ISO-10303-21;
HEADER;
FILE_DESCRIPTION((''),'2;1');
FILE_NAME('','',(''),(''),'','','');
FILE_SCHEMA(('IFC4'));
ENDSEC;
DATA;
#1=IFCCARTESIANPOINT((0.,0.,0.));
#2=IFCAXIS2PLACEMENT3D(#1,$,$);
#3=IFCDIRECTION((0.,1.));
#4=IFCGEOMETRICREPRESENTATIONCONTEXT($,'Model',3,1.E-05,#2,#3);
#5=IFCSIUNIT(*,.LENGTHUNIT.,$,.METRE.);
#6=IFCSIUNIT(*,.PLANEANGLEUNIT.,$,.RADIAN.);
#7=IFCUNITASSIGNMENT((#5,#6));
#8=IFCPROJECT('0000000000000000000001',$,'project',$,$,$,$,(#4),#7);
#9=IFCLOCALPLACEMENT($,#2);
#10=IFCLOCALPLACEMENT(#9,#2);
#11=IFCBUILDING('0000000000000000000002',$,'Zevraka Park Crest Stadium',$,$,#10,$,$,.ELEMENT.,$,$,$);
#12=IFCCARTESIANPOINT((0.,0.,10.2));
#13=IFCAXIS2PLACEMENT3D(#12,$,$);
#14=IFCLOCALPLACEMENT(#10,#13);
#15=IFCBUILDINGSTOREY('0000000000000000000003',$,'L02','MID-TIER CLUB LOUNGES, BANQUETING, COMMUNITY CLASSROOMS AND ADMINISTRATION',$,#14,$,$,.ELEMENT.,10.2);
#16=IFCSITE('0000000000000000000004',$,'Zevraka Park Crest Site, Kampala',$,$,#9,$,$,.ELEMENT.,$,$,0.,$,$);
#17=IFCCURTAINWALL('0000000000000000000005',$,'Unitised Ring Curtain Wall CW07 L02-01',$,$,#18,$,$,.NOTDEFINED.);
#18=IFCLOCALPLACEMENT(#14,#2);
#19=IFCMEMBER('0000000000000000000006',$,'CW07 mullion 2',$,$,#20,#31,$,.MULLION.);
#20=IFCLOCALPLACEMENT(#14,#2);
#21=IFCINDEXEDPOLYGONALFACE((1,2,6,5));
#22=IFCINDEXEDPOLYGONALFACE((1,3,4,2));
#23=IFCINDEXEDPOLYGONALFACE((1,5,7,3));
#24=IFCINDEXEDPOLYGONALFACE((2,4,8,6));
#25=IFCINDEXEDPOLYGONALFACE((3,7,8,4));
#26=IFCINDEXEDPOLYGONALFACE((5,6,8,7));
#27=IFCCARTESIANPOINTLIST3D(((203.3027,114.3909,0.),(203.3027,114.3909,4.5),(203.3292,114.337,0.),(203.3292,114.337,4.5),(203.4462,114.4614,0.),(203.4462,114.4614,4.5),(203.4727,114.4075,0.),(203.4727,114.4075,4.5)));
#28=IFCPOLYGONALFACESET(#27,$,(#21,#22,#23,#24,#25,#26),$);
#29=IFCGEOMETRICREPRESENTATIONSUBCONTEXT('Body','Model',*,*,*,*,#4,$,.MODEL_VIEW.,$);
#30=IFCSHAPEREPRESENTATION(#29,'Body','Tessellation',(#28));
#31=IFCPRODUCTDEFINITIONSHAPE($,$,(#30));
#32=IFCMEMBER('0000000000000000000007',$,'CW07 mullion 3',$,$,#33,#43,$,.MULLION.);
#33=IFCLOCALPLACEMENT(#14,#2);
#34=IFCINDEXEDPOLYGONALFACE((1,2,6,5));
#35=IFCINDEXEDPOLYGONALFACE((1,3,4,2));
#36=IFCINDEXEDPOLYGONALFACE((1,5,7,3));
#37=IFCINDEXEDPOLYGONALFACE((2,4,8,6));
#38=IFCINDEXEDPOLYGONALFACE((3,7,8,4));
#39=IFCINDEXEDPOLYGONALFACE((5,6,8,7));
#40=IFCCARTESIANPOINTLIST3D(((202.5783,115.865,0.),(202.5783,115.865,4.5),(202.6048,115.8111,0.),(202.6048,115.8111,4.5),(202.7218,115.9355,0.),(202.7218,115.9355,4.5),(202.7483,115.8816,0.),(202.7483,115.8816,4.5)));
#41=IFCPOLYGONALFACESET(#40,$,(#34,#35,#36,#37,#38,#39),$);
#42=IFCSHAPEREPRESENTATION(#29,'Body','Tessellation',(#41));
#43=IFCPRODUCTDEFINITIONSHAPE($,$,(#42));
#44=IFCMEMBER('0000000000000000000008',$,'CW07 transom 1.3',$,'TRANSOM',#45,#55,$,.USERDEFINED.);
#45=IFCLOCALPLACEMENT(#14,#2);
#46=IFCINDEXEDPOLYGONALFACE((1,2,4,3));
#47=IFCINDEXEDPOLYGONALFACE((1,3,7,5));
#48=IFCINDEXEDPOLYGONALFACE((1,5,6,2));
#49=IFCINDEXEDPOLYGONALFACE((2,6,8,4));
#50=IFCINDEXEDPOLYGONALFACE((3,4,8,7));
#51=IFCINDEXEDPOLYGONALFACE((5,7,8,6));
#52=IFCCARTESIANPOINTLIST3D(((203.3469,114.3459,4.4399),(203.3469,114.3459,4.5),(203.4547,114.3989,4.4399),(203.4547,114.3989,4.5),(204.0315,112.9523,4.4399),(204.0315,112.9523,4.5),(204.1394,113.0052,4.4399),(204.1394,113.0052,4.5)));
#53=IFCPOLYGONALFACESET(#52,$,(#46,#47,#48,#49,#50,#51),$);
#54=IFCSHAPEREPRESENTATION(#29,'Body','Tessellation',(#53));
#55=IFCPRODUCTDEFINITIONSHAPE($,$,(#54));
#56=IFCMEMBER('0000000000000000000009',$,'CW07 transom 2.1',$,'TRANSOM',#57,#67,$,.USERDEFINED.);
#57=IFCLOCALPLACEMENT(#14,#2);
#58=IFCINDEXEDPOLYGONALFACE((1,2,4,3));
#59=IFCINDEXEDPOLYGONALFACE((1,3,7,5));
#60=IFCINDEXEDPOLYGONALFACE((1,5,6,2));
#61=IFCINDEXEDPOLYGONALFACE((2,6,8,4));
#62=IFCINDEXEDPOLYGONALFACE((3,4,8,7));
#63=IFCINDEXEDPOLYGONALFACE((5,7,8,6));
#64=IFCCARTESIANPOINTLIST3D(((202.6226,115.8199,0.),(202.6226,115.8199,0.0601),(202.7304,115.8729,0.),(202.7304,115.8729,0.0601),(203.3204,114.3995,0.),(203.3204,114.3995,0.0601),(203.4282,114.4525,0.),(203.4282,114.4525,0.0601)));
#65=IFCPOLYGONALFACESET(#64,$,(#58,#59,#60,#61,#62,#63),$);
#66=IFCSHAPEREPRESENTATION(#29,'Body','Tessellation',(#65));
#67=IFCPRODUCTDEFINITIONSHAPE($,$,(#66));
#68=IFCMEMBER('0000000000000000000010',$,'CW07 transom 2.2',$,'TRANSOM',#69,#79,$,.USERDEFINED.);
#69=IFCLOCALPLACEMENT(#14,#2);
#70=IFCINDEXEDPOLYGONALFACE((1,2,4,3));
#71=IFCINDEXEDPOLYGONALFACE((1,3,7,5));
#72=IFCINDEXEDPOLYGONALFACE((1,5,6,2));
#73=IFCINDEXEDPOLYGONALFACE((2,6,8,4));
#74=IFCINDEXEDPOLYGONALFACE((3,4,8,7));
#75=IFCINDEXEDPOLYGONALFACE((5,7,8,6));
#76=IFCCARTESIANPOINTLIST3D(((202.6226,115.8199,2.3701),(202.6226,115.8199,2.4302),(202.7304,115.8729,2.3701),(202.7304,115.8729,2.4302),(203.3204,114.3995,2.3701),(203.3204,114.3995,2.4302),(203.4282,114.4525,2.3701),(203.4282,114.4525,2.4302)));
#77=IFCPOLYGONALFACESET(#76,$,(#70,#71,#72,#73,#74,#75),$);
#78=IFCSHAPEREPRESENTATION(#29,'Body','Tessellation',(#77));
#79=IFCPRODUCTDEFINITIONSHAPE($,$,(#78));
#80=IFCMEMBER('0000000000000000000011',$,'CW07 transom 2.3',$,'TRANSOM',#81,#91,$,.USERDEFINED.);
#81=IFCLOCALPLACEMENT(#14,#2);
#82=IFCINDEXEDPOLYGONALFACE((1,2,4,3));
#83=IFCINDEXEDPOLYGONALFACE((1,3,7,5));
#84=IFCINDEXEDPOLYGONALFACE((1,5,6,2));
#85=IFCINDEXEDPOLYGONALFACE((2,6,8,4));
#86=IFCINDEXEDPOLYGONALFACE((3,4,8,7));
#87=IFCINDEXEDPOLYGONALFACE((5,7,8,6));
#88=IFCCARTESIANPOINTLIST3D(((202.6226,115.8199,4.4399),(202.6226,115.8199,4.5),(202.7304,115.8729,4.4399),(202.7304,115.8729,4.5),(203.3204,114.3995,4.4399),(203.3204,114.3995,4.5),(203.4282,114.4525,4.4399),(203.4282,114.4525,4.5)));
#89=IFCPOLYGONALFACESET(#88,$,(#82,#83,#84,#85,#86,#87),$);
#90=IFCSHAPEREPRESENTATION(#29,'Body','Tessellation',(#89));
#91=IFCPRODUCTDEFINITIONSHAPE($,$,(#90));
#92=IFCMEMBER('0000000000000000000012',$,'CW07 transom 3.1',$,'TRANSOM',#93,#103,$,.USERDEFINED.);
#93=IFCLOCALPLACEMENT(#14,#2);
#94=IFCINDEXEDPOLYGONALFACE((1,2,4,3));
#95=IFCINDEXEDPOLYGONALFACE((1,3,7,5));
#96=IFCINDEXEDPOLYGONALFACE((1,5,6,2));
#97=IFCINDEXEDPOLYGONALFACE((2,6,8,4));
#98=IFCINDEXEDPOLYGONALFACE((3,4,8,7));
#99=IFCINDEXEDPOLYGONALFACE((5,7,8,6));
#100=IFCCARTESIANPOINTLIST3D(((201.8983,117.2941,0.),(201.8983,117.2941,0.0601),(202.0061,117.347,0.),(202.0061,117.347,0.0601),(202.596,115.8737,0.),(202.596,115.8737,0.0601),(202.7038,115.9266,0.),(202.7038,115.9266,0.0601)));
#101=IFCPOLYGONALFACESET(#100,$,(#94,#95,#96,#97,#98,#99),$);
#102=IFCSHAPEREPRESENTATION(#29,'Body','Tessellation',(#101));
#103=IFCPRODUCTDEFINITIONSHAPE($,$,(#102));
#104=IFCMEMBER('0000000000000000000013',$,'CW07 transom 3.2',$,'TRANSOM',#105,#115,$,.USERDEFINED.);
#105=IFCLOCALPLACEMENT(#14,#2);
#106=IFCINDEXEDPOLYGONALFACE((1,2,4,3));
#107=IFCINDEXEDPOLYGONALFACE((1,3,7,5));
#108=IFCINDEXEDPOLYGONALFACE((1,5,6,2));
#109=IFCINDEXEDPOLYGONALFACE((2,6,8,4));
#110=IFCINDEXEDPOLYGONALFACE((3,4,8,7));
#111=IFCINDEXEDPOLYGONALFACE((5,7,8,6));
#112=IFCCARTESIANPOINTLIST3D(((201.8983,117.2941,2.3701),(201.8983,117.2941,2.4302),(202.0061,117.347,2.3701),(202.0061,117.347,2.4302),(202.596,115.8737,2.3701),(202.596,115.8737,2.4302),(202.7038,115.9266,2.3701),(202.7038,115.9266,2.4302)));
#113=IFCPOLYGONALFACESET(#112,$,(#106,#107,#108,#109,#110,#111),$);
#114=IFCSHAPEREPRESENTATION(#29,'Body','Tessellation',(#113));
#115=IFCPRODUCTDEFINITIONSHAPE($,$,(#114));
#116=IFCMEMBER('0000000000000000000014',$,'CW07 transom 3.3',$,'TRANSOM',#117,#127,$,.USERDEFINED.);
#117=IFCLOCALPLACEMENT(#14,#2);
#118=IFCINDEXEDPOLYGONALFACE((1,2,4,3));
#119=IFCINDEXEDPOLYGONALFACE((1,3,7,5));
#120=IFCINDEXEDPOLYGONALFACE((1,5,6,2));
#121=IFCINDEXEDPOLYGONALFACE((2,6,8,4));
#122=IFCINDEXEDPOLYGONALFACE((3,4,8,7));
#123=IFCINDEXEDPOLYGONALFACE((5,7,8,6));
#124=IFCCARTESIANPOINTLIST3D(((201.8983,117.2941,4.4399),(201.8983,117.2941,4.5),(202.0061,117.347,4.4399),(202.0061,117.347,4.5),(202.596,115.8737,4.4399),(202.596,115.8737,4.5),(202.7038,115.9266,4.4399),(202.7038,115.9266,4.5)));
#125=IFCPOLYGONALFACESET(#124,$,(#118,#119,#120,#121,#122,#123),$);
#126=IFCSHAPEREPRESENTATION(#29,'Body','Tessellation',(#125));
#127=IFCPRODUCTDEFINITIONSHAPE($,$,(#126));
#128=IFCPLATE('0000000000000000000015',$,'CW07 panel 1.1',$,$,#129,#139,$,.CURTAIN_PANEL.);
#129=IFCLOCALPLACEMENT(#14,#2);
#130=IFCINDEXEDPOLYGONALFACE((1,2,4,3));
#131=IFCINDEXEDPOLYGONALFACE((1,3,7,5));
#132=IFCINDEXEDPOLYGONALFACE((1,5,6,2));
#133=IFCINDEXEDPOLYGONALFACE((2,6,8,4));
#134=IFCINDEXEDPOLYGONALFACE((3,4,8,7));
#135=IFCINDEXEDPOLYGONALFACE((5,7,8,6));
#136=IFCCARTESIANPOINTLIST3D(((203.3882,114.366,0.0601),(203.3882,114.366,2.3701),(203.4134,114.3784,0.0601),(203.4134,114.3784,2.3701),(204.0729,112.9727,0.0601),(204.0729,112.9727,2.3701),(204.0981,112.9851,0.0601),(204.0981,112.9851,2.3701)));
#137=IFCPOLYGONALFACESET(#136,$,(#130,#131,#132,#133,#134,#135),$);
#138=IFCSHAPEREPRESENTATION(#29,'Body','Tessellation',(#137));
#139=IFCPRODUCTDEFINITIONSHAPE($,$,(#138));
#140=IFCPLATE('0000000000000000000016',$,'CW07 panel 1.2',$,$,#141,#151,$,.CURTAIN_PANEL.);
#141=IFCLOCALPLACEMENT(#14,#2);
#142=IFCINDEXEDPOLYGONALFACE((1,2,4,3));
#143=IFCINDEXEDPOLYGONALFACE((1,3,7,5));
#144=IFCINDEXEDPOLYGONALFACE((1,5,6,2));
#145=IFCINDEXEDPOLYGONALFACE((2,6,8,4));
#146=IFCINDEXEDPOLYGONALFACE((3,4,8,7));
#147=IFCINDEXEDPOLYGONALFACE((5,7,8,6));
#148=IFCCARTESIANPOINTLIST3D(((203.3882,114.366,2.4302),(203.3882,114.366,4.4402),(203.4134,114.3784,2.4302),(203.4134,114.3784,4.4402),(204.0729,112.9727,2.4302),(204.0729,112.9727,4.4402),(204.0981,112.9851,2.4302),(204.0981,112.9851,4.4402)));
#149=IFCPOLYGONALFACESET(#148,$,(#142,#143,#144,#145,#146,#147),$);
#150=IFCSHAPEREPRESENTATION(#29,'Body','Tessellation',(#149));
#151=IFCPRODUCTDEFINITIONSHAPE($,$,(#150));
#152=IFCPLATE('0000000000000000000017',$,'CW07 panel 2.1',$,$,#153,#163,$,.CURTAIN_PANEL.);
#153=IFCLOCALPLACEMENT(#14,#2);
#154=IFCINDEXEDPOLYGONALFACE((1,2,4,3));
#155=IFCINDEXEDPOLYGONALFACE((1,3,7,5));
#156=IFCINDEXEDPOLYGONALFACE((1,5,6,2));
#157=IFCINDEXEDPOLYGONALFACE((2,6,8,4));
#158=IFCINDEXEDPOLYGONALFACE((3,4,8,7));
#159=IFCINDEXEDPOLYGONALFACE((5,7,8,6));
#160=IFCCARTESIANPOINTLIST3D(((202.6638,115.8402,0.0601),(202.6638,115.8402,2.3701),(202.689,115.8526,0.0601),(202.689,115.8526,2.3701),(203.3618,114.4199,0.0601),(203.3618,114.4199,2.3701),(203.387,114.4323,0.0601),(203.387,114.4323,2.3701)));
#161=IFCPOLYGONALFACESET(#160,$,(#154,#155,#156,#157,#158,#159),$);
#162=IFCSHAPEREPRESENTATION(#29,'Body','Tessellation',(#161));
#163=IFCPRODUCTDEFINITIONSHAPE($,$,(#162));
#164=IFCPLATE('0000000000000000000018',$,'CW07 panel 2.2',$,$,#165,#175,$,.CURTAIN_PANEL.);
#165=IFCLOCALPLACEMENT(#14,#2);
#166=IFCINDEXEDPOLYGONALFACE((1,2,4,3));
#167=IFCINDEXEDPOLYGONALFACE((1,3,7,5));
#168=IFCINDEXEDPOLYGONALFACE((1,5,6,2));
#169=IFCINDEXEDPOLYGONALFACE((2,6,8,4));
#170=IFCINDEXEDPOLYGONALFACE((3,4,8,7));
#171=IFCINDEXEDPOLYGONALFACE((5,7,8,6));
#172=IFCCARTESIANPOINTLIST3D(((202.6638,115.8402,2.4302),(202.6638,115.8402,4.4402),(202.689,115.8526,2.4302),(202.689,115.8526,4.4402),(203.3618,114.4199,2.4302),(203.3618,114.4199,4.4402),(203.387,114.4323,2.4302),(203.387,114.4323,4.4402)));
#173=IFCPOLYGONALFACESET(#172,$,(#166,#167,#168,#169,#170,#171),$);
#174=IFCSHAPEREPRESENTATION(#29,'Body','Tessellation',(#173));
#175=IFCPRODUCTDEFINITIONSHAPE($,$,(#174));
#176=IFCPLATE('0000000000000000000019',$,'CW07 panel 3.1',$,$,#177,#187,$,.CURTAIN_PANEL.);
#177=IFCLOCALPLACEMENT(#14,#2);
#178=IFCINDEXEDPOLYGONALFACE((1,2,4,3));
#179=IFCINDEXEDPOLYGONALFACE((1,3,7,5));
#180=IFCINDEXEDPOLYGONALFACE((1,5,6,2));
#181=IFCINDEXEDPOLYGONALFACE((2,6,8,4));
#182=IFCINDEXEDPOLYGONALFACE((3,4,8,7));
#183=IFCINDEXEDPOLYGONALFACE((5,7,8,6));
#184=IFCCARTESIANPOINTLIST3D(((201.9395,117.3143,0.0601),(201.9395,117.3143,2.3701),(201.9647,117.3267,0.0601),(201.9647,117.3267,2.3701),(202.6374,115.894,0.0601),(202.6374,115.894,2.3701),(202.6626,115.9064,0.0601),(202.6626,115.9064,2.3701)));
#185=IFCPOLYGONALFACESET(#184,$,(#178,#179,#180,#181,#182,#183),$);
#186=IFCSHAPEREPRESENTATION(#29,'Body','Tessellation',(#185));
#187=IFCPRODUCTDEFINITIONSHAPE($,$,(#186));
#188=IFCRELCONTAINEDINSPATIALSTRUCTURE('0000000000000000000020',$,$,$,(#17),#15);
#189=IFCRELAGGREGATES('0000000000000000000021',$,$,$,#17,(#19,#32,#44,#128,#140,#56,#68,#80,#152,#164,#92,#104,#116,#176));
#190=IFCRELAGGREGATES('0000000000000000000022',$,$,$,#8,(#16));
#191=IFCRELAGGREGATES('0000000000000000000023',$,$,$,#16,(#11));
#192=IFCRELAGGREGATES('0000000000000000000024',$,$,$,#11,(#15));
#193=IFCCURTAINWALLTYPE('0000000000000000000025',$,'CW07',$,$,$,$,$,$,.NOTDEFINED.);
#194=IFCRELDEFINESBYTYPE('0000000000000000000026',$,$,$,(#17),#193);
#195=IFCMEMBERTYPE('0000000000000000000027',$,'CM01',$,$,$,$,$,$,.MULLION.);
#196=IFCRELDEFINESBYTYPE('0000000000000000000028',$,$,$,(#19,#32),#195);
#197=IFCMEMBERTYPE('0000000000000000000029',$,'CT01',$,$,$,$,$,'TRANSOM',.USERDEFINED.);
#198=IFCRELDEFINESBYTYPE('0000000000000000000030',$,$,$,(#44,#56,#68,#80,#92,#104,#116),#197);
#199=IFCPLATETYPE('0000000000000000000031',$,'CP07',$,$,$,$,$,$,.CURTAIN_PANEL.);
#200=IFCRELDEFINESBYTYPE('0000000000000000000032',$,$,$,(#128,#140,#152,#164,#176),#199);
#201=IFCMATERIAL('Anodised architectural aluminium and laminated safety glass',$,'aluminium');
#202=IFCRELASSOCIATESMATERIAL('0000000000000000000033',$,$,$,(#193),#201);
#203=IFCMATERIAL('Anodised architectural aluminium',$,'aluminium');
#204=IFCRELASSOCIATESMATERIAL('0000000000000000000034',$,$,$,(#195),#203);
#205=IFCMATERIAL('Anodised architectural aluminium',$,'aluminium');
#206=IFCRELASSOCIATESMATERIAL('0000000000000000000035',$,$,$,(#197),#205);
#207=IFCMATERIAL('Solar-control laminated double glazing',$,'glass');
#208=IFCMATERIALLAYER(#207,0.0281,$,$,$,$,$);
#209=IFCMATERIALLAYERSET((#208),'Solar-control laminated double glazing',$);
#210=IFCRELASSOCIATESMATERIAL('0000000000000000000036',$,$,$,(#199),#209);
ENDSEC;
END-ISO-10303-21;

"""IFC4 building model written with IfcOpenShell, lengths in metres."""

from ifc_helpers import new_model, si_unit, direction, frame, origin, origin_2d, place, context, subcontext, project, spatial, rectangle, extrude, material, layer, layer_set, material_profile, profile_set, type_object, element, aggregate, save


model = new_model("IFC4")

# Units and contexts
model_context = context("Model", 3, precision=1e-05, world=origin(), true_north=direction((0.0, 1.0)))
body_context = subcontext(model_context, "Body", "Model", "MODEL_VIEW")
ifc_project = project(units=[si_unit("LENGTHUNIT", "METRE"), si_unit("PLANEANGLEUNIT", "RADIAN")], contexts=[model_context])

# Site, building, storey
site_placement = place(None, origin())
site = spatial("IfcSite", under=ifc_project, at=site_placement, Name="Zevraka Park Crest Site, Kampala", CompositionType="ELEMENT", RefElevation=0.0)
building_placement = place(site_placement, origin())
building = spatial("IfcBuilding", under=site, at=building_placement, Name="Zevraka Park Crest Stadium", CompositionType="ELEMENT")
storey_placement = place(building_placement, frame((0.0, 0.0, 10.2)))
storey = spatial("IfcBuildingStorey", under=building, at=storey_placement, Name="L02", Description="MID-TIER CLUB LOUNGES, BANQUETING, COMMUNITY CLASSROOMS AND ADMINISTRATION", CompositionType="ELEMENT", Elevation=10.2)

# Curtain wall, members, plates
ifc_material_1 = material(Name="Anodised architectural aluminium and laminated safety glass", Category="aluminium")
curtain_wall_type = type_object("IfcCurtainWallType", Name="CW07", PredefinedType="NOTDEFINED", material=ifc_material_1)
curtain_wall_placement = place(storey_placement, origin())
curtain_wall = element("IfcCurtainWall", 1, at=curtain_wall_placement, inside=storey, type_object=curtain_wall_type, Name="Unitised Ring Curtain Wall CW07 L02-01", PredefinedType="NOTDEFINED")
ifc_material_2 = material(Name="Anodised architectural aluminium", Category="aluminium")
ifc_material_profile_1 = material_profile(ifc_material_2, rectangle(XDim=0.1599, YDim=0.0601, at=origin_2d()), Name="ALU MULLION 160x60")
ifc_profile_set_1 = profile_set([ifc_material_profile_1], Name="Anodised architectural aluminium")
member_type_1 = type_object("IfcMemberType", Name="CM01", PredefinedType="MULLION", material=ifc_profile_set_1)
member_1_placement = place(storey_placement, frame((203.3877, 114.3992, 0.0), z_axis=(0.0, 0.0, 1.0), x_axis=(-0.897497, -0.441021, 0.0)))
member_1 = element("IfcMember", 2, at=member_1_placement, type_object=member_type_1, Name="CW07 mullion 2", PredefinedType="MULLION", context=body_context, shape_type="SweptSolid", body=[
    extrude(rectangle(XDim=0.1599, YDim=0.0601, at=origin_2d()), origin(), (0.0, 0.0, 1.0), 4.5),
])
member_2_placement = place(storey_placement, frame((202.6633, 115.8733, 0.0), z_axis=(0.0, 0.0, 1.0), x_axis=(-0.897497, -0.441021, 0.0)))
member_2 = element("IfcMember", 3, at=member_2_placement, type_object=member_type_1, Name="CW07 mullion 3", PredefinedType="MULLION", context=body_context, shape_type="SweptSolid", body=[
    extrude(rectangle(XDim=0.1599, YDim=0.0601, at=origin_2d()), origin(), (0.0, 0.0, 1.0), 4.5),
])
ifc_material_3 = material(Name="Anodised architectural aluminium", Category="aluminium")
ifc_material_profile_2 = material_profile(ifc_material_3, rectangle(XDim=0.1201, YDim=0.0601, at=origin_2d()), Name="ALU TRANSOM 120x60")
ifc_profile_set_2 = profile_set([ifc_material_profile_2], Name="Anodised architectural aluminium")
member_type_2 = type_object("IfcMemberType", Name="CT01", ElementType="TRANSOM", PredefinedType="USERDEFINED", material=ifc_profile_set_2)
member_3_placement = place(storey_placement, frame((204.0854, 112.9788, 4.47), z_axis=(-0.440913, 0.89755, 0.0), x_axis=(-0.89755, -0.440913, 0.0)))
member_3 = element("IfcMember", 4, at=member_3_placement, type_object=member_type_2, Name="CW07 transom 1.3", ObjectType="TRANSOM", PredefinedType="USERDEFINED", context=body_context, shape_type="SweptSolid", body=[
    extrude(rectangle(XDim=0.1201, YDim=0.0601, at=origin_2d()), origin(), (0.0, 0.0, 1.0), 1.5527),
])
member_4_placement = place(storey_placement, frame((203.3743, 114.426, 0.03), z_axis=(-0.440908, 0.897552, 0.0), x_axis=(-0.897552, -0.440908, 0.0)))
member_4 = element("IfcMember", 5, at=member_4_placement, type_object=member_type_2, Name="CW07 transom 2.1", ObjectType="TRANSOM", PredefinedType="USERDEFINED", context=body_context, shape_type="SweptSolid", body=[
    extrude(rectangle(XDim=0.1201, YDim=0.0601, at=origin_2d()), origin(), (0.0, 0.0, 1.0), 1.5825),
])
member_5_placement = place(storey_placement, frame((203.3743, 114.426, 2.4001), z_axis=(-0.440908, 0.897552, 0.0), x_axis=(-0.897552, -0.440908, 0.0)))
member_5 = element("IfcMember", 6, at=member_5_placement, type_object=member_type_2, Name="CW07 transom 2.2", ObjectType="TRANSOM", PredefinedType="USERDEFINED", context=body_context, shape_type="SweptSolid", body=[
    extrude(rectangle(XDim=0.1201, YDim=0.0601, at=origin_2d()), origin(), (0.0, 0.0, 1.0), 1.5825),
])
member_6_placement = place(storey_placement, frame((203.3743, 114.426, 4.47), z_axis=(-0.440908, 0.897552, 0.0), x_axis=(-0.897552, -0.440908, 0.0)))
member_6 = element("IfcMember", 7, at=member_6_placement, type_object=member_type_2, Name="CW07 transom 2.3", ObjectType="TRANSOM", PredefinedType="USERDEFINED", context=body_context, shape_type="SweptSolid", body=[
    extrude(rectangle(XDim=0.1201, YDim=0.0601, at=origin_2d()), origin(), (0.0, 0.0, 1.0), 1.5825),
])
member_7_placement = place(storey_placement, frame((202.6499, 115.9001, 0.03), z_axis=(-0.440908, 0.897552, 0.0), x_axis=(-0.897552, -0.440908, 0.0)))
member_7 = element("IfcMember", 8, at=member_7_placement, type_object=member_type_2, Name="CW07 transom 3.1", ObjectType="TRANSOM", PredefinedType="USERDEFINED", context=body_context, shape_type="SweptSolid", body=[
    extrude(rectangle(XDim=0.1201, YDim=0.0601, at=origin_2d()), origin(), (0.0, 0.0, 1.0), 1.5825),
])
member_8_placement = place(storey_placement, frame((202.6499, 115.9001, 2.4001), z_axis=(-0.440908, 0.897552, 0.0), x_axis=(-0.897552, -0.440908, 0.0)))
member_8 = element("IfcMember", 9, at=member_8_placement, type_object=member_type_2, Name="CW07 transom 3.2", ObjectType="TRANSOM", PredefinedType="USERDEFINED", context=body_context, shape_type="SweptSolid", body=[
    extrude(rectangle(XDim=0.1201, YDim=0.0601, at=origin_2d()), origin(), (0.0, 0.0, 1.0), 1.5825),
])
member_9_placement = place(storey_placement, frame((202.6499, 115.9001, 4.47), z_axis=(-0.440908, 0.897552, 0.0), x_axis=(-0.897552, -0.440908, 0.0)))
member_9 = element("IfcMember", 10, at=member_9_placement, type_object=member_type_2, Name="CW07 transom 3.3", ObjectType="TRANSOM", PredefinedType="USERDEFINED", context=body_context, shape_type="SweptSolid", body=[
    extrude(rectangle(XDim=0.1201, YDim=0.0601, at=origin_2d()), origin(), (0.0, 0.0, 1.0), 1.5825),
])
ifc_material_4 = material(Name="Solar-control laminated double glazing", Category="glass")
ifc_layer_1 = layer(ifc_material_4, 0.0281)
ifc_layer_set_1 = layer_set([ifc_layer_1], Name="Solar-control laminated double glazing")
plate_type = type_object("IfcPlateType", Name="CP07", PredefinedType="CURTAIN_PANEL", material=ifc_layer_set_1)
plate_1_placement = place(storey_placement, frame((203.7432, 113.6755, 0.0601), z_axis=(0.0, 0.0, 1.0), x_axis=(-0.441021, 0.897497, 0.0)))
plate_1 = element("IfcPlate", 11, at=plate_1_placement, type_object=plate_type, Name="CW07 panel 1.1", PredefinedType="CURTAIN_PANEL", context=body_context, shape_type="SweptSolid", body=[
    extrude(rectangle(XDim=1.5525, YDim=0.0281, at=origin_2d()), origin(), (0.0, 0.0, 1.0), 2.3101),
])
plate_2_placement = place(storey_placement, frame((203.7432, 113.6755, 2.4302), z_axis=(0.0, 0.0, 1.0), x_axis=(-0.441021, 0.897497, 0.0)))
plate_2 = element("IfcPlate", 12, at=plate_2_placement, type_object=plate_type, Name="CW07 panel 1.2", PredefinedType="CURTAIN_PANEL", context=body_context, shape_type="SweptSolid", body=[
    extrude(rectangle(XDim=1.5525, YDim=0.0281, at=origin_2d()), origin(), (0.0, 0.0, 1.0), 2.01),
])
plate_3_placement = place(storey_placement, frame((203.0254, 115.1362, 0.0601), z_axis=(0.0, 0.0, 1.0), x_axis=(-0.441021, 0.897497, 0.0)))
plate_3 = element("IfcPlate", 13, at=plate_3_placement, type_object=plate_type, Name="CW07 panel 2.1", PredefinedType="CURTAIN_PANEL", context=body_context, shape_type="SweptSolid", body=[
    extrude(rectangle(XDim=1.5825, YDim=0.0281, at=origin_2d()), origin(), (0.0, 0.0, 1.0), 2.3101),
])
plate_4_placement = place(storey_placement, frame((203.0254, 115.1362, 2.4302), z_axis=(0.0, 0.0, 1.0), x_axis=(-0.441021, 0.897497, 0.0)))
plate_4 = element("IfcPlate", 14, at=plate_4_placement, type_object=plate_type, Name="CW07 panel 2.2", PredefinedType="CURTAIN_PANEL", context=body_context, shape_type="SweptSolid", body=[
    extrude(rectangle(XDim=1.5825, YDim=0.0281, at=origin_2d()), origin(), (0.0, 0.0, 1.0), 2.01),
])
plate_5_placement = place(storey_placement, frame((202.301, 116.6104, 0.0601), z_axis=(0.0, 0.0, 1.0), x_axis=(-0.441021, 0.897497, 0.0)))
plate_5 = element("IfcPlate", 15, at=plate_5_placement, type_object=plate_type, Name="CW07 panel 3.1", PredefinedType="CURTAIN_PANEL", context=body_context, shape_type="SweptSolid", body=[
    extrude(rectangle(XDim=1.5825, YDim=0.0281, at=origin_2d()), origin(), (0.0, 0.0, 1.0), 2.3101),
])
aggregate(curtain_wall, [member_1, member_2, member_3, plate_1, plate_2, member_4, member_5, member_6, plate_3, plate_4, member_7, member_8, member_9, plate_5])

save(model, "model.ifc")
